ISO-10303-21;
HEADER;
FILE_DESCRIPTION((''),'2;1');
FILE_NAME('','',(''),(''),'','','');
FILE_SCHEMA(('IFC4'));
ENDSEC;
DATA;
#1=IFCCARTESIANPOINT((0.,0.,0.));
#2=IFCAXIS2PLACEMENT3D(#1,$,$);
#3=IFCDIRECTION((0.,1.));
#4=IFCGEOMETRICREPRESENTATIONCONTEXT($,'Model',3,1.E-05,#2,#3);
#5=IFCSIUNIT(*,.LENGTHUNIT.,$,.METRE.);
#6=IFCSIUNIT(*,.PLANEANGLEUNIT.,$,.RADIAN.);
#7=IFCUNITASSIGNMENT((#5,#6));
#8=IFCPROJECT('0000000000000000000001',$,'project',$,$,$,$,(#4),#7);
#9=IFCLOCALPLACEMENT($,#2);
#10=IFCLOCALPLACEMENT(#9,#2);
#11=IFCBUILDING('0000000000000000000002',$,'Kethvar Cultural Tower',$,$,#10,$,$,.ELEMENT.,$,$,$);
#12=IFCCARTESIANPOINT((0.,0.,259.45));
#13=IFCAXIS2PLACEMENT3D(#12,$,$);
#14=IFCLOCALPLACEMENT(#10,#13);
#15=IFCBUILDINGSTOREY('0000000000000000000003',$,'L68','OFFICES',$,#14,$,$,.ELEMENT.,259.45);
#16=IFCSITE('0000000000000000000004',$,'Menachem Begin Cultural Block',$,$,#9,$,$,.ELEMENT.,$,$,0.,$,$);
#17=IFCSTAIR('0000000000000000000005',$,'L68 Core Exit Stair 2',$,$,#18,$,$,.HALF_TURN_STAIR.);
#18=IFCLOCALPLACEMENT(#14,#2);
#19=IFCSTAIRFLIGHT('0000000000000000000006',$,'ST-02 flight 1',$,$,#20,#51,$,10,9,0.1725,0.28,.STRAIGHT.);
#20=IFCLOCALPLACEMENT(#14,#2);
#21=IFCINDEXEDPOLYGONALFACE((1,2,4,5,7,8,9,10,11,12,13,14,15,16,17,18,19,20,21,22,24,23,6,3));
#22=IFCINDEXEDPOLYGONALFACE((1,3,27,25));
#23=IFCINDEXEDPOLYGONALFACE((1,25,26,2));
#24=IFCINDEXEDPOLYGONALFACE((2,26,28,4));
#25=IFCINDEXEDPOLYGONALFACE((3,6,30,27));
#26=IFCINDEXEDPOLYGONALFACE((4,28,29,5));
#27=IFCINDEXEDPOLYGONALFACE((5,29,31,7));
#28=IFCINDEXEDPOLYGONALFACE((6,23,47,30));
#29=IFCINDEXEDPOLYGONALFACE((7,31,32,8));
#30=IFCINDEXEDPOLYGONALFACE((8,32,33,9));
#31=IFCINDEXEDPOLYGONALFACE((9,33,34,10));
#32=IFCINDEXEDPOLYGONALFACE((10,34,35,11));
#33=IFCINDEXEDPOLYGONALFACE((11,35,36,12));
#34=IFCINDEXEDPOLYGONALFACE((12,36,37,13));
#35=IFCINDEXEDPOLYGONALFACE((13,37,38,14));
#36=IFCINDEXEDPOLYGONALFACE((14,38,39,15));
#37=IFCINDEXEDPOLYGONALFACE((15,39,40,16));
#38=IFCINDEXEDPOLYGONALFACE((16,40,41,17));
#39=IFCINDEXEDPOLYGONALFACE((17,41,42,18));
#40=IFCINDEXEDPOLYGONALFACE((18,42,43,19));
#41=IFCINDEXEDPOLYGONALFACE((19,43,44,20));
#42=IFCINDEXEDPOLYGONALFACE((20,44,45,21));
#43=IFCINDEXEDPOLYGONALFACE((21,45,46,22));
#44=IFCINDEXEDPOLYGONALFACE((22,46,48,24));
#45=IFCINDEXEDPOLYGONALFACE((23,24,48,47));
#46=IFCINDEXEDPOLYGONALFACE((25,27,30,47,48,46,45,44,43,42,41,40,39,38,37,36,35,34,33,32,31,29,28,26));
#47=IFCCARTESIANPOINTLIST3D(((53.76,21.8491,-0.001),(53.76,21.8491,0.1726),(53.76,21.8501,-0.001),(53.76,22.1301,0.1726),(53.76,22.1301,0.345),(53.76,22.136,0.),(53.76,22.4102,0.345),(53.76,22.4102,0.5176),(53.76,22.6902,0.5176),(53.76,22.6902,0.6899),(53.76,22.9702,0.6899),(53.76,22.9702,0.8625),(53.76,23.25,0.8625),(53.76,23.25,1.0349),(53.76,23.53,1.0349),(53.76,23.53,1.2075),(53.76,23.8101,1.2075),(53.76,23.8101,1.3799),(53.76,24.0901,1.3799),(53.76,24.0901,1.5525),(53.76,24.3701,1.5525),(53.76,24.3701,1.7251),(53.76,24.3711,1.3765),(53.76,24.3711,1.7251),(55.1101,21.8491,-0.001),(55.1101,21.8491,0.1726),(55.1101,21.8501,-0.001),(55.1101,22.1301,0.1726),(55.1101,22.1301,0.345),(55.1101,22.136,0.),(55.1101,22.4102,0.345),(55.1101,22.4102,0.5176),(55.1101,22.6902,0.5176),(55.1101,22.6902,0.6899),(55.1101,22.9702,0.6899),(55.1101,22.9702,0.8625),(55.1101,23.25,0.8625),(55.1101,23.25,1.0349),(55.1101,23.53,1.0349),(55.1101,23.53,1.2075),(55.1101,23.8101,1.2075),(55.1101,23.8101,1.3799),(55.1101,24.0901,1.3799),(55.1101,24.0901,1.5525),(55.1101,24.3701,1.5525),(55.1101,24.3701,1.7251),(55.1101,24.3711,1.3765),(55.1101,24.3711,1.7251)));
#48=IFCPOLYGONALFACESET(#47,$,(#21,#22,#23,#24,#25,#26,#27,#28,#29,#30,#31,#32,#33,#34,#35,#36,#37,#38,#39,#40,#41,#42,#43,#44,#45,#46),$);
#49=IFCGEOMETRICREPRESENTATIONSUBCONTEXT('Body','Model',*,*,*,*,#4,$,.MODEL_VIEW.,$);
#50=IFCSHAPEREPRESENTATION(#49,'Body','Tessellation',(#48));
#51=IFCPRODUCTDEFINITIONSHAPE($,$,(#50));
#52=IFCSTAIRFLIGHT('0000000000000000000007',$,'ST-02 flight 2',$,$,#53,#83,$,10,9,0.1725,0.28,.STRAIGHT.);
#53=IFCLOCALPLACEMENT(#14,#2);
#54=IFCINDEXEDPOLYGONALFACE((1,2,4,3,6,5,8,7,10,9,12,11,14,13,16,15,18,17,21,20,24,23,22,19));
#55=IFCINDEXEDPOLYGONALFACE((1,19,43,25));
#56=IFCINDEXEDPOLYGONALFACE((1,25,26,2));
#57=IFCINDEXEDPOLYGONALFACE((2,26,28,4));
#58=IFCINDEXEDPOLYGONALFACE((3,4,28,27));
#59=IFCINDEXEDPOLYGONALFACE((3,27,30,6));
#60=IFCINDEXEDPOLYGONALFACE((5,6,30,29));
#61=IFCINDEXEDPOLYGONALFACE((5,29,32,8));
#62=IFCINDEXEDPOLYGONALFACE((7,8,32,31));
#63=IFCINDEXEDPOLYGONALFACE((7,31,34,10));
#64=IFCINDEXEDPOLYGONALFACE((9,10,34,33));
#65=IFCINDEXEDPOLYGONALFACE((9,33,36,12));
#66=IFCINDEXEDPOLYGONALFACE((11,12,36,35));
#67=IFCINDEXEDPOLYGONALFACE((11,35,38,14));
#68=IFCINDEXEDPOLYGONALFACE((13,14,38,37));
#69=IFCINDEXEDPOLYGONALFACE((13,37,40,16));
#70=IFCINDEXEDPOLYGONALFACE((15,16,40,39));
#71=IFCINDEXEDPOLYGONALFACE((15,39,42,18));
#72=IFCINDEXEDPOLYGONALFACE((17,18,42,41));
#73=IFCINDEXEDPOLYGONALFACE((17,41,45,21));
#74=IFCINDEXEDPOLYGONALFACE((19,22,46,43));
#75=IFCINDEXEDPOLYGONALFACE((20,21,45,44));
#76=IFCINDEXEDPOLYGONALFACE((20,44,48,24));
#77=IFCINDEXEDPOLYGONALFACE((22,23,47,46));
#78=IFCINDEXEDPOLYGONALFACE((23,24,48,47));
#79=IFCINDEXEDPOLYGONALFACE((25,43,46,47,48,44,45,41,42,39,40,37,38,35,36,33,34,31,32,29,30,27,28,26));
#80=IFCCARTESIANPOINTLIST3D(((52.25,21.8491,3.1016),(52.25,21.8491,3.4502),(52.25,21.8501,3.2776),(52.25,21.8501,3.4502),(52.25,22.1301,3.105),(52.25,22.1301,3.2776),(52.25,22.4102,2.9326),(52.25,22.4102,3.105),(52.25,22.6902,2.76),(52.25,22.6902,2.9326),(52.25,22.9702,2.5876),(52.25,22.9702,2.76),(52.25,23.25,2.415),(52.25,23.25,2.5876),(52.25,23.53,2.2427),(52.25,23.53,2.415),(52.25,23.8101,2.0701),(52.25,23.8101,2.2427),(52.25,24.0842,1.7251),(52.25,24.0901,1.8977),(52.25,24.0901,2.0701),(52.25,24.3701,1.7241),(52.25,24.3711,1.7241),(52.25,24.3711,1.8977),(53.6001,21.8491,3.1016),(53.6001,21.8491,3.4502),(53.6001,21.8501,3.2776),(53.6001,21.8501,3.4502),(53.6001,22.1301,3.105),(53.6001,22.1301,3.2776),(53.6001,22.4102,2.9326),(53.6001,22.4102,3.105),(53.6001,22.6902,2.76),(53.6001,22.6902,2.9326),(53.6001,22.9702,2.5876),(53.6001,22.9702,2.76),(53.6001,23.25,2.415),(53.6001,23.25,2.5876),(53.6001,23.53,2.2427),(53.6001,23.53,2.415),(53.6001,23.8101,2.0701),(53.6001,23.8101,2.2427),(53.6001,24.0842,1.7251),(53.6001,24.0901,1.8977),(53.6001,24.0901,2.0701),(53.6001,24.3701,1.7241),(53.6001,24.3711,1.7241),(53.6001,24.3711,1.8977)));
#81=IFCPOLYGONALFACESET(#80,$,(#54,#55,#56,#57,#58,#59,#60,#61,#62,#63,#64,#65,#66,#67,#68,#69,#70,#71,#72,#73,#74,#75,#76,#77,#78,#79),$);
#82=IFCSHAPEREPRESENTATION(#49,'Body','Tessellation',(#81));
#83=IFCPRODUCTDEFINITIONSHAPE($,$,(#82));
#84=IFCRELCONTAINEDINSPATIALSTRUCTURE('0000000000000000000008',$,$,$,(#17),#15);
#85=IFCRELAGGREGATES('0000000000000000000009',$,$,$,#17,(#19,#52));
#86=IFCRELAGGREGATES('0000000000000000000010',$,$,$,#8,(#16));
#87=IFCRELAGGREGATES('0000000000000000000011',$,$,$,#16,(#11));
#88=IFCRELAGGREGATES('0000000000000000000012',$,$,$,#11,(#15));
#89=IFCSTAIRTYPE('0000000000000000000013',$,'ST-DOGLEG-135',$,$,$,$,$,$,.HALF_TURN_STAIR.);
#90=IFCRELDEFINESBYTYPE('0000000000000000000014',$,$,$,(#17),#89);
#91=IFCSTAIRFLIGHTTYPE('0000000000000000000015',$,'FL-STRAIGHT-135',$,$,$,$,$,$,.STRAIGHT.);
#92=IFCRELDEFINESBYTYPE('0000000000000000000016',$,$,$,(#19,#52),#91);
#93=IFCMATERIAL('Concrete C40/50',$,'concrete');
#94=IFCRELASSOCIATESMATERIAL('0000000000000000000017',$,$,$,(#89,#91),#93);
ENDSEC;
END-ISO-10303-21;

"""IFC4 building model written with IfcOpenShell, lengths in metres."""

from ifc_helpers import new_model, si_unit, direction, frame, origin, place, context, subcontext, project, spatial, polyline, outline, extrude, material, type_object, element, aggregate, save


model = new_model("IFC4")

# Units and contexts
model_context = context("Model", 3, precision=1e-05, world=origin(), true_north=direction((0.0, 1.0)))
body_context = subcontext(model_context, "Body", "Model", "MODEL_VIEW")
ifc_project = project(units=[si_unit("LENGTHUNIT", "METRE"), si_unit("PLANEANGLEUNIT", "RADIAN")], contexts=[model_context])

# Site, building, storey
site_placement = place(None, origin())
site = spatial("IfcSite", under=ifc_project, at=site_placement, Name="Menachem Begin Cultural Block", CompositionType="ELEMENT", RefElevation=0.0)
building_placement = place(site_placement, origin())
building = spatial("IfcBuilding", under=site, at=building_placement, Name="Kethvar Cultural Tower", CompositionType="ELEMENT")
storey_placement = place(building_placement, frame((0.0, 0.0, 259.45)))
storey = spatial("IfcBuildingStorey", under=building, at=storey_placement, Name="L68", Description="OFFICES", CompositionType="ELEMENT", Elevation=259.45)

# Shared definitions
ifc_material_1 = material(Name="Concrete C40/50", Category="concrete")

# Stair, stair flights
stair_type = type_object("IfcStairType", Name="ST-DOGLEG-135", PredefinedType="HALF_TURN_STAIR", material=ifc_material_1)
stair_placement = place(storey_placement, origin())
stair = element("IfcStair", 1, at=stair_placement, inside=storey, type_object=stair_type, Name="L68 Core Exit Stair 2", PredefinedType="HALF_TURN_STAIR")
stair_flight_type = type_object("IfcStairFlightType", Name="FL-STRAIGHT-135", PredefinedType="STRAIGHT", material=ifc_material_1)
stair_flight_1_placement = place(storey_placement, frame((54.4351, 21.8501, 0.0), z_axis=(0.0, 0.0, 1.0), x_axis=(0.0, 1.0, 0.0)))
stair_flight_1 = element("IfcStairFlight", 2, at=stair_flight_1_placement, type_object=stair_flight_type, Name="ST-02 flight 1", NumberOfRisers=10, NumberOfTreads=9, PredefinedType="STRAIGHT", RiserHeight=0.1725, TreadLength=0.28, context=body_context, shape_type="SweptSolid", body=[
    extrude(outline(polyline([(-0.001, -0.001), (-0.001, 0.1726), (0.28, 0.1726), (0.28, 0.345), (0.5601, 0.345), (0.5601, 0.5176), (0.8401, 0.5176), (0.8401, 0.6899), (1.1201, 0.6899), (1.1201, 0.8625), (1.3999, 0.8625), (1.3999, 1.0349), (1.6799, 1.0349), (1.6799, 1.2075), (1.96, 1.2075), (1.96, 1.3799), (2.24, 1.3799), (2.24, 1.5525), (2.52, 1.5525), (2.52, 1.7251), (2.521, 1.7251), (2.521, 1.3765), (0.2859, 0.0), (0.0, -0.001), (-0.001, -0.001)])), frame((0.0, 0.675, 0.0), z_axis=(0.0, -1.0, 0.0), x_axis=(1.0, 0.0, 0.0)), (0.0, 0.0, 1.0), 1.3501),
])
stair_flight_2_placement = place(storey_placement, frame((52.925, 24.3701, 1.7251), z_axis=(0.0, 0.0, 1.0), x_axis=(0.0, -1.0, 0.0)))
stair_flight_2 = element("IfcStairFlight", 3, at=stair_flight_2_placement, type_object=stair_flight_type, Name="ST-02 flight 2", NumberOfRisers=10, NumberOfTreads=9, PredefinedType="STRAIGHT", RiserHeight=0.1725, TreadLength=0.28, context=body_context, shape_type="SweptSolid", body=[
    extrude(outline(polyline([(-0.001, -0.001), (-0.001, 0.1726), (0.28, 0.1726), (0.28, 0.345), (0.5601, 0.345), (0.5601, 0.5176), (0.8401, 0.5176), (0.8401, 0.6899), (1.1201, 0.6899), (1.1201, 0.8625), (1.3999, 0.8625), (1.3999, 1.0349), (1.6799, 1.0349), (1.6799, 1.2075), (1.96, 1.2075), (1.96, 1.3799), (2.24, 1.3799), (2.24, 1.5525), (2.52, 1.5525), (2.52, 1.7251), (2.521, 1.7251), (2.521, 1.3765), (0.2859, 0.0), (0.0, -0.001), (-0.001, -0.001)])), frame((0.0, 0.675, 0.0), z_axis=(0.0, -1.0, 0.0), x_axis=(1.0, 0.0, 0.0)), (0.0, 0.0, 1.0), 1.3501),
])
aggregate(stair, [stair_flight_1, stair_flight_2])

save(model, "model.ifc")
